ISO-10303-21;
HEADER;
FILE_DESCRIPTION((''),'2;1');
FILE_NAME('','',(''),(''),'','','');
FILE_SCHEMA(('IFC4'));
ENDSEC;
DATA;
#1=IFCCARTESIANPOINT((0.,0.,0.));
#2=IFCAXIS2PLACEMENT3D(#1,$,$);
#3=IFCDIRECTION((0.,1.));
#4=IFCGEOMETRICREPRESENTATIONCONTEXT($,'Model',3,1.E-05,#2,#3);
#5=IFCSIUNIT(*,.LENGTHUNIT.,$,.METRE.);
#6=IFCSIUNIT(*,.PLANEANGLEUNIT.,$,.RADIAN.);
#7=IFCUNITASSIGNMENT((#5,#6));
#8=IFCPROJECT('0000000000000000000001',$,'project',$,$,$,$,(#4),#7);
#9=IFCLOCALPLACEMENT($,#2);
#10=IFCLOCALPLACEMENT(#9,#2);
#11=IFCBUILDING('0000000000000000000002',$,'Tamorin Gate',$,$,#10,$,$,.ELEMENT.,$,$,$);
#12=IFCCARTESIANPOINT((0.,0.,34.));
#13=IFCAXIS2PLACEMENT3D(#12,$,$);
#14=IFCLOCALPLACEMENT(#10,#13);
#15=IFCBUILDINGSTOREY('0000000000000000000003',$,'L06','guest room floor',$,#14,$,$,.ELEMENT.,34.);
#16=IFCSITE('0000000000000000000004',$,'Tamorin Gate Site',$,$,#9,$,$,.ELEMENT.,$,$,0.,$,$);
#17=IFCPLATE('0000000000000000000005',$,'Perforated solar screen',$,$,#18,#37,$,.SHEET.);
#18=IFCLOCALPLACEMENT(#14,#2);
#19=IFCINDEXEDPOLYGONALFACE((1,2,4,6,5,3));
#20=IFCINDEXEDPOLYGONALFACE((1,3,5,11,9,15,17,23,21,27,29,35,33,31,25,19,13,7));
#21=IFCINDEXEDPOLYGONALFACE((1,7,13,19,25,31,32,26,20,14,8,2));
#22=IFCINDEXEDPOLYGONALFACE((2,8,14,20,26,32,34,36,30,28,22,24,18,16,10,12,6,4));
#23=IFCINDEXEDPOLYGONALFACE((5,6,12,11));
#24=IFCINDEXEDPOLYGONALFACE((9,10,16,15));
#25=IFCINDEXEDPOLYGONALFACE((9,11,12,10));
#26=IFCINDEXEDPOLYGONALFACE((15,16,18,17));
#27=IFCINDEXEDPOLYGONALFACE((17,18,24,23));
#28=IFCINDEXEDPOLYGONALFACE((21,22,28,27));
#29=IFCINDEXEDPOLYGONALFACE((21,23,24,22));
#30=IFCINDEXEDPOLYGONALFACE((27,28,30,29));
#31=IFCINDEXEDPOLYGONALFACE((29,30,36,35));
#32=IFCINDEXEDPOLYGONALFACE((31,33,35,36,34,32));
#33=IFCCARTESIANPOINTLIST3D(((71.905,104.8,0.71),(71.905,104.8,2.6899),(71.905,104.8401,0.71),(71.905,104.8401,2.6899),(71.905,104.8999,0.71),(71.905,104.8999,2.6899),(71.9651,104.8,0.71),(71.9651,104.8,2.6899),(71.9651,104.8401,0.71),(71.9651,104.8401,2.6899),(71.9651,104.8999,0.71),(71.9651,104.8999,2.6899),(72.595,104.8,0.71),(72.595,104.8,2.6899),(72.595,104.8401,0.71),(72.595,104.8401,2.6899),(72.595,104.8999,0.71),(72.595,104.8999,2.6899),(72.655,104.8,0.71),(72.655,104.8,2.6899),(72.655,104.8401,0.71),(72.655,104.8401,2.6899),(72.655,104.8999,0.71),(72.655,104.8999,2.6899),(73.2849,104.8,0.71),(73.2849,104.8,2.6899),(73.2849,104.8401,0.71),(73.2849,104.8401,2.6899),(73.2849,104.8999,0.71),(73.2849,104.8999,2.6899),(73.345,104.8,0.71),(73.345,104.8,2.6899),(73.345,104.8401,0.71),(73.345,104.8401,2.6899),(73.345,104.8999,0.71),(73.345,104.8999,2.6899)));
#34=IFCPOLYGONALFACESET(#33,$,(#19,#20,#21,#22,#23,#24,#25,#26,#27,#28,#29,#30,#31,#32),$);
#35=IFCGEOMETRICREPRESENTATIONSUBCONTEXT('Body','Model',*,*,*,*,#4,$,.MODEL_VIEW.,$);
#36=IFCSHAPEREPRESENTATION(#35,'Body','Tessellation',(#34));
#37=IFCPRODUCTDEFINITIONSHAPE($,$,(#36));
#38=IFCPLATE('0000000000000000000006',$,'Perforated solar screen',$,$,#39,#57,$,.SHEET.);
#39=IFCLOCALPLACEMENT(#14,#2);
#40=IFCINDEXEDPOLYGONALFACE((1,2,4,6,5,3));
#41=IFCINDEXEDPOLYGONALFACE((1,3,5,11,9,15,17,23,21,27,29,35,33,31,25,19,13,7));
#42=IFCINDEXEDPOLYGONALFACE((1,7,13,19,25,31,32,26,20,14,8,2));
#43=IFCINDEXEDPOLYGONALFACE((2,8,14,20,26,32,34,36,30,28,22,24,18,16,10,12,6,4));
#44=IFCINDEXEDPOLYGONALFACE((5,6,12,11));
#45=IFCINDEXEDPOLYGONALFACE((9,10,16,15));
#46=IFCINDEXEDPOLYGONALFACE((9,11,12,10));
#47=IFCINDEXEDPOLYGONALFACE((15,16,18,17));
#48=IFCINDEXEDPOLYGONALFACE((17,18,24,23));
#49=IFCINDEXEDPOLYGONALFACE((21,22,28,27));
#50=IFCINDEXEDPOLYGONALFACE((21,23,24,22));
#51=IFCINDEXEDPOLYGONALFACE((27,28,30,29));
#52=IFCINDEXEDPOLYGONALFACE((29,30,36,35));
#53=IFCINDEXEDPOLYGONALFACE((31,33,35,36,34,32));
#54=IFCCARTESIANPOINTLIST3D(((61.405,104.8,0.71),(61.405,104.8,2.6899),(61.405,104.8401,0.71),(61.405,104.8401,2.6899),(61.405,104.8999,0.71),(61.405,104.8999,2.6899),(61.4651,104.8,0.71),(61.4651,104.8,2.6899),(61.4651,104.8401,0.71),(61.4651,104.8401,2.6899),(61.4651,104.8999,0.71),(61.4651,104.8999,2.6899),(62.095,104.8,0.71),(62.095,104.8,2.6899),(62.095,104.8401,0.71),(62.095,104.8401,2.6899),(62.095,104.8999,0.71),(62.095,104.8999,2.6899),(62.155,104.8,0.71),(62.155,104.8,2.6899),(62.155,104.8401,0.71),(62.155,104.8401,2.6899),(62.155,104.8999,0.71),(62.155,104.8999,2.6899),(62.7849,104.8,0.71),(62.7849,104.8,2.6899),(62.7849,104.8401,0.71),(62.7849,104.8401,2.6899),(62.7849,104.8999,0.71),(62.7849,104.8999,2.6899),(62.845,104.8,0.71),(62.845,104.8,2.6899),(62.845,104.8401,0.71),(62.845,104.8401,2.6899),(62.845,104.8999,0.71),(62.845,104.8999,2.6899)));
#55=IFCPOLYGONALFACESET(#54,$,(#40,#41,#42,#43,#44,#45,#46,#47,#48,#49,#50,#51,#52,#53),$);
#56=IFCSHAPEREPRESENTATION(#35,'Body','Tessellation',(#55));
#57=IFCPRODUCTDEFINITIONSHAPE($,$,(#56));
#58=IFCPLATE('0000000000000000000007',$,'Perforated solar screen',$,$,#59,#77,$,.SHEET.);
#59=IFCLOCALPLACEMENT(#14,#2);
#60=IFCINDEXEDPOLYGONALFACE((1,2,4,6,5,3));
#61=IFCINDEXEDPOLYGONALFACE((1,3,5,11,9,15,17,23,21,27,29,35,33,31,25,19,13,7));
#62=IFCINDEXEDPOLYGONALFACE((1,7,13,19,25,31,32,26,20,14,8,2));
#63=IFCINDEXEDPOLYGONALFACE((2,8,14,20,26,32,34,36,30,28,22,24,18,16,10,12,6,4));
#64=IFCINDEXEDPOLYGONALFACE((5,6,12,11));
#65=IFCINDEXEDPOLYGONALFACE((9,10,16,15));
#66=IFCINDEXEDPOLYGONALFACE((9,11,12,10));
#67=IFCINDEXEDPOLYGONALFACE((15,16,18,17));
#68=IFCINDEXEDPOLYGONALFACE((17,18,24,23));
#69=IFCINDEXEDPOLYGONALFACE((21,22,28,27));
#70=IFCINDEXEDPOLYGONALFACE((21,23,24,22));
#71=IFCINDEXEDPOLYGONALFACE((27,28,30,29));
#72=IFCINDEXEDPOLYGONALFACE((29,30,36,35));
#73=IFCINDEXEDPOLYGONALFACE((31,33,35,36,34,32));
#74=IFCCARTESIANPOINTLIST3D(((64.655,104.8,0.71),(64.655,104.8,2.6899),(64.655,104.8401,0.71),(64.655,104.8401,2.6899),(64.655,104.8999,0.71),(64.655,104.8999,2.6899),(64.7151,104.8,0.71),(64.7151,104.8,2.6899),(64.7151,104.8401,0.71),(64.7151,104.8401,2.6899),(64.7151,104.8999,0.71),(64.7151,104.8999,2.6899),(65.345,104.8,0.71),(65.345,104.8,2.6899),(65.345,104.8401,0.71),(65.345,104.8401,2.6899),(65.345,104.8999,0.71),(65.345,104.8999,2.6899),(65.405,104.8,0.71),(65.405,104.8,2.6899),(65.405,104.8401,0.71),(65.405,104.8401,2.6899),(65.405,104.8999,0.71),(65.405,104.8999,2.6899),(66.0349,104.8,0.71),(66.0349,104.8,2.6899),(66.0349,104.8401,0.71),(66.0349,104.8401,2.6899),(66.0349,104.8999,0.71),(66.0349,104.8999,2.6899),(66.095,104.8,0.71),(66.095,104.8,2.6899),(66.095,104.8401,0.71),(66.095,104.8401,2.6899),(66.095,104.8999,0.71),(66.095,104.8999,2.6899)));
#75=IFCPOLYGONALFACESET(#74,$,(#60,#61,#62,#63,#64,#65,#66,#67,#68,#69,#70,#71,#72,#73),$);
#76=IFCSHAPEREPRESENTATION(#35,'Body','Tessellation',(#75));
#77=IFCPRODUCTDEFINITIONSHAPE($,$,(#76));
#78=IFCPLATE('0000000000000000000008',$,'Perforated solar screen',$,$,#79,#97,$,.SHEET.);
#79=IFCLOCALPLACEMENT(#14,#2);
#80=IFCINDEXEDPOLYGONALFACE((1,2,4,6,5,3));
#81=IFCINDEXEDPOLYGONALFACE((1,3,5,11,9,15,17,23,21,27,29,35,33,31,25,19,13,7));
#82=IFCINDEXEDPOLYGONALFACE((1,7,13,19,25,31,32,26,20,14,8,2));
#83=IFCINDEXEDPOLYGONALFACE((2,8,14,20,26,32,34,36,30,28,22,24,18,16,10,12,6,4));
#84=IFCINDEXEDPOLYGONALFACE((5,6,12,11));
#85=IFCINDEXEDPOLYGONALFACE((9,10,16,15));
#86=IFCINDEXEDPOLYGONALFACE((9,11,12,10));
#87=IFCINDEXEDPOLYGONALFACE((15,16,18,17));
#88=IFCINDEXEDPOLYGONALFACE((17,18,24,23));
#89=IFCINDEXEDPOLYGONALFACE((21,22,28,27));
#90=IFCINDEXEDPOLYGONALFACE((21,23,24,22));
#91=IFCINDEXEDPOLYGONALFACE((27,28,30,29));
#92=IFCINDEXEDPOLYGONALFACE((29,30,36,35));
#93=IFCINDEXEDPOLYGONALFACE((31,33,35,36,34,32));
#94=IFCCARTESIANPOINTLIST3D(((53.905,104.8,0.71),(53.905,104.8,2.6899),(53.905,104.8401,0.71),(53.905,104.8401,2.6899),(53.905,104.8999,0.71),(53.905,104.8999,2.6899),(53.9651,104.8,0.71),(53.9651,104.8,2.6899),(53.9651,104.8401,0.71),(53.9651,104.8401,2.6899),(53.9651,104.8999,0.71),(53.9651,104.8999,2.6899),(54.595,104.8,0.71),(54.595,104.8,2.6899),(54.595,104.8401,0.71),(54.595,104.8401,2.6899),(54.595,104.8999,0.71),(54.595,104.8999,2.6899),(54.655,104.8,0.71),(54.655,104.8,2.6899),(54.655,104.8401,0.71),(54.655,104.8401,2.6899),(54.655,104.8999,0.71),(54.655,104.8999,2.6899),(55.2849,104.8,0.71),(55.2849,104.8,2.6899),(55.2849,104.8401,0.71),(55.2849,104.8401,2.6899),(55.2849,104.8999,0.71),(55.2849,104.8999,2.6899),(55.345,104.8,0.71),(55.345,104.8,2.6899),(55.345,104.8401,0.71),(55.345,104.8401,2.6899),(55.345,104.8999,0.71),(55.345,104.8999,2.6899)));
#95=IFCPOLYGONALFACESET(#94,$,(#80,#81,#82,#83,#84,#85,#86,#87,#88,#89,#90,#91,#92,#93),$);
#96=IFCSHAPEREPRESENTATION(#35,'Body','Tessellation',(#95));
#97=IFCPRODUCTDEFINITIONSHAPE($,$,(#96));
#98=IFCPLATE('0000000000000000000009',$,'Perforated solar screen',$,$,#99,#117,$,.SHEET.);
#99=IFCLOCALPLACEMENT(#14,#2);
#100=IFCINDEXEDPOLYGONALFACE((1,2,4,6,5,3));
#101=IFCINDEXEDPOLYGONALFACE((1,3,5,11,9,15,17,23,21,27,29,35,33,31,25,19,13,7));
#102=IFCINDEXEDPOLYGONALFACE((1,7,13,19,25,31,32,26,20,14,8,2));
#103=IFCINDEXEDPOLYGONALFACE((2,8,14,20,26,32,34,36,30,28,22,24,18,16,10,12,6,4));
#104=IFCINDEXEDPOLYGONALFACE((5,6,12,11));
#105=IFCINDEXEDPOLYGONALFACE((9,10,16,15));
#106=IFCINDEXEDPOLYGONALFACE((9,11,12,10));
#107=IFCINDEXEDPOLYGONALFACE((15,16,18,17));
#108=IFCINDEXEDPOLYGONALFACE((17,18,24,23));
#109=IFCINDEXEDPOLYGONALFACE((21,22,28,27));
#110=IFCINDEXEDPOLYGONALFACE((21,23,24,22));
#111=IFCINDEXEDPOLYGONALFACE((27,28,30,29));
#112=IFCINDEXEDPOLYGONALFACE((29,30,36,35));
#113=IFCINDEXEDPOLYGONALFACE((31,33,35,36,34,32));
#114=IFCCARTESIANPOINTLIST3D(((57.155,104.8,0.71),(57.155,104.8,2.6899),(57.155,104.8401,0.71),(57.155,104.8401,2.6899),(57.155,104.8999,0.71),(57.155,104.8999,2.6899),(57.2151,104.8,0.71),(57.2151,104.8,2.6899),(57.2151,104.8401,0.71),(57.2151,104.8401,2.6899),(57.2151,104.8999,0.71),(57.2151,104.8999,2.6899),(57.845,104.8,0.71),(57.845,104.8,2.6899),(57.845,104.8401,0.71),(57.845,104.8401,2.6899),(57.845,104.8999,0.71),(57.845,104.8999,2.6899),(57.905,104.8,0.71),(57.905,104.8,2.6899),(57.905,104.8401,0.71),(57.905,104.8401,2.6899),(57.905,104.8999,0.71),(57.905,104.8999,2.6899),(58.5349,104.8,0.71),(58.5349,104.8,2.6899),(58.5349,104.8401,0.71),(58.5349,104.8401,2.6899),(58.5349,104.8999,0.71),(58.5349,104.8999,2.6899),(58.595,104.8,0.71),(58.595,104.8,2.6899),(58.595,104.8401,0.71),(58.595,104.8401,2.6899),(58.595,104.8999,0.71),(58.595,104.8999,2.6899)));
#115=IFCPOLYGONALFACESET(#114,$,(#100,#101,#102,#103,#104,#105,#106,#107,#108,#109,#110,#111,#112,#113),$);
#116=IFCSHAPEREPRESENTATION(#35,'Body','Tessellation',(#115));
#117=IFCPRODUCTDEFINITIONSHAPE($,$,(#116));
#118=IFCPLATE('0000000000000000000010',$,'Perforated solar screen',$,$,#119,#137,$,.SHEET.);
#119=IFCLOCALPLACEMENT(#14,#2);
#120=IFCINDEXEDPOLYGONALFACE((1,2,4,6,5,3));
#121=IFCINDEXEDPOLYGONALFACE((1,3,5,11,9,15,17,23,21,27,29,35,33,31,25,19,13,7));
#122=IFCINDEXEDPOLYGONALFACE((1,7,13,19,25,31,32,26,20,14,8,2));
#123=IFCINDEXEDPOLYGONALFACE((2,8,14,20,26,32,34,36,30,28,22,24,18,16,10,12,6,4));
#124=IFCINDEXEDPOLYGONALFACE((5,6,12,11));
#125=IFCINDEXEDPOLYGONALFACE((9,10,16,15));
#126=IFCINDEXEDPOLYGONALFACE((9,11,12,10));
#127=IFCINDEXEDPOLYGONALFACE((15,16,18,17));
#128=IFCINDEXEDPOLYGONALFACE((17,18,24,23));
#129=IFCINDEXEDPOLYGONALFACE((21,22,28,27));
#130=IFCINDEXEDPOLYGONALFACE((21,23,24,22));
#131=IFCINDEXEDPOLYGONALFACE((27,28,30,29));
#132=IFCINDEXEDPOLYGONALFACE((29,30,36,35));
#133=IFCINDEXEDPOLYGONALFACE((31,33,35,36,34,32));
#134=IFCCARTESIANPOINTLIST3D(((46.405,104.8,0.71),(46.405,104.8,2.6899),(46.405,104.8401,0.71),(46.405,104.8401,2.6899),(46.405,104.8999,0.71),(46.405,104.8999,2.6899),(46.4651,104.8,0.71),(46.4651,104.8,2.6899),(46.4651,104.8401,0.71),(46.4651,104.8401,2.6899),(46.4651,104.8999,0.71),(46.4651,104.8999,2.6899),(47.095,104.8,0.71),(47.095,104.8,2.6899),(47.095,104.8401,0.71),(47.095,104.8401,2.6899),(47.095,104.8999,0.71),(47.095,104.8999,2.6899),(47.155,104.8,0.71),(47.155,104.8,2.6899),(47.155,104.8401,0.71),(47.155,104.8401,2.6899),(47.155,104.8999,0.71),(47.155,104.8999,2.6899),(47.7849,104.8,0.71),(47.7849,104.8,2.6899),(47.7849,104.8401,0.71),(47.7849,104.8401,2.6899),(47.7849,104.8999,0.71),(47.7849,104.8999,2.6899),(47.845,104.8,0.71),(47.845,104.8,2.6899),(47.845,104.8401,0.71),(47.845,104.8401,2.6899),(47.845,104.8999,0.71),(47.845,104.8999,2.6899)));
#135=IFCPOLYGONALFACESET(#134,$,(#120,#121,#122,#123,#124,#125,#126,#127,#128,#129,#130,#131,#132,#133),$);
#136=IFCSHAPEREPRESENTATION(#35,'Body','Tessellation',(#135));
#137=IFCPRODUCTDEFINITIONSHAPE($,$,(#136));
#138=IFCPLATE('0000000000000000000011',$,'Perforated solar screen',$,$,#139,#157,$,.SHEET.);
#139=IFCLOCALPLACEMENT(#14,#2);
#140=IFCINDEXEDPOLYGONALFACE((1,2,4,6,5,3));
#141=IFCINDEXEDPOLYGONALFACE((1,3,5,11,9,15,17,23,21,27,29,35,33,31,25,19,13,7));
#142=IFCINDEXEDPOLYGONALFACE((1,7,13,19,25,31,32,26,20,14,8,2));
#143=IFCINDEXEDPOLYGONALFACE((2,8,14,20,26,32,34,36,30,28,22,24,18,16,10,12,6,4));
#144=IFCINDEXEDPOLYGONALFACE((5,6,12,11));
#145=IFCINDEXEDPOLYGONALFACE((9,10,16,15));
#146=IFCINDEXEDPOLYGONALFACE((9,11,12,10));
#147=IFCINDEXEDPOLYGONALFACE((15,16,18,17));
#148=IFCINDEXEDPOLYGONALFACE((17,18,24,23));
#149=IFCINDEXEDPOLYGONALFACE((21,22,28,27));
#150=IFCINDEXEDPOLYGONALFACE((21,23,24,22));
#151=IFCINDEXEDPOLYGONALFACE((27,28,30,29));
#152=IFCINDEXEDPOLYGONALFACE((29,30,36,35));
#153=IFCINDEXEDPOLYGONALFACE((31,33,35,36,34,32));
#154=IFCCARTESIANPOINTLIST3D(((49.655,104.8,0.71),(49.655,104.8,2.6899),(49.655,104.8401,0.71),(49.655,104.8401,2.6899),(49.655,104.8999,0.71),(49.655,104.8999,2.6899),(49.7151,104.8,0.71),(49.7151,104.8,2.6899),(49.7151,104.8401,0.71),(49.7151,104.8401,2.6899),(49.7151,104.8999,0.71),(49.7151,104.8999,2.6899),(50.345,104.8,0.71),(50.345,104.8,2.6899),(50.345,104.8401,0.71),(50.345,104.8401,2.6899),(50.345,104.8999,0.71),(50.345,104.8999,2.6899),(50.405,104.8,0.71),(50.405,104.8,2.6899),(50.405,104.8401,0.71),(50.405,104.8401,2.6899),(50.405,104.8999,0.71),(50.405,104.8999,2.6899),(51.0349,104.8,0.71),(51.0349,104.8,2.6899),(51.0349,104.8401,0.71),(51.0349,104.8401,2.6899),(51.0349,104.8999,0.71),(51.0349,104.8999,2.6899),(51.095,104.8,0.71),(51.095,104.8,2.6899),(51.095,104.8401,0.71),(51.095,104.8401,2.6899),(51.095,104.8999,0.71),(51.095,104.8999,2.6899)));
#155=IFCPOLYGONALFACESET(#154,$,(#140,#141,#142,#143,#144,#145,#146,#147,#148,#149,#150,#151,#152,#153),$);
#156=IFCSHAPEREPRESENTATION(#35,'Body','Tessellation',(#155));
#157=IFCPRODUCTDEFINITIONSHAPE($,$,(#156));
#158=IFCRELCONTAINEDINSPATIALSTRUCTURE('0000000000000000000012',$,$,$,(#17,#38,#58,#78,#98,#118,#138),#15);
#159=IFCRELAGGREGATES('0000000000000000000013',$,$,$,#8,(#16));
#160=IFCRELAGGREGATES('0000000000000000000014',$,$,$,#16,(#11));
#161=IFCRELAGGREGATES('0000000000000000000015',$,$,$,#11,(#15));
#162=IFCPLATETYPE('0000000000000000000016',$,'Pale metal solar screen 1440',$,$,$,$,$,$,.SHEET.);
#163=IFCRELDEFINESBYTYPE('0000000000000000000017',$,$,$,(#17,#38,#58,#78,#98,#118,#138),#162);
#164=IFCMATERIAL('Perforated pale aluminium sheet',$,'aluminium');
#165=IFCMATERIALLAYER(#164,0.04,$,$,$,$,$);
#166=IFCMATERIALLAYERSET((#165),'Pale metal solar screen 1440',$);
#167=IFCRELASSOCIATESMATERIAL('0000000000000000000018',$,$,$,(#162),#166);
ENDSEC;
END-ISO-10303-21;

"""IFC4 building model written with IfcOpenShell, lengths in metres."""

from ifc_helpers import new_model, si_unit, direction, frame, origin, place, context, subcontext, project, spatial, polyline, outline, extrude, material, layer, layer_set, type_object, element, save


model = new_model("IFC4")

# Units and contexts
model_context = context("Model", 3, precision=1e-05, world=origin(), true_north=direction((0.0, 1.0)))
body_context = subcontext(model_context, "Body", "Model", "MODEL_VIEW")
ifc_project = project(units=[si_unit("LENGTHUNIT", "METRE"), si_unit("PLANEANGLEUNIT", "RADIAN")], contexts=[model_context])

# Site, building, storey
site_placement = place(None, origin())
site = spatial("IfcSite", under=ifc_project, at=site_placement, Name="Tamorin Gate Site", CompositionType="ELEMENT", RefElevation=0.0)
building_placement = place(site_placement, origin())
building = spatial("IfcBuilding", under=site, at=building_placement, Name="Tamorin Gate", CompositionType="ELEMENT")
storey_placement = place(building_placement, frame((0.0, 0.0, 34.0)))
storey = spatial("IfcBuildingStorey", under=building, at=storey_placement, Name="L06", Description="guest room floor", CompositionType="ELEMENT", Elevation=34.0)

# Plates
ifc_material = material(Name="Perforated pale aluminium sheet", Category="aluminium")
ifc_layer = layer(ifc_material, 0.04)
ifc_layer_set = layer_set([ifc_layer], Name="Pale metal solar screen 1440")
plate_type = type_object("IfcPlateType", Name="Pale metal solar screen 1440", PredefinedType="SHEET", material=ifc_layer_set)
plate_1_placement = place(storey_placement, frame((0.0, 0.0, 0.71)))
element("IfcPlate", 1, at=plate_1_placement, inside=storey, type_object=plate_type, Name="Perforated solar screen", PredefinedType="SHEET", context=body_context, shape_type="SweptSolid", body=[
    extrude(outline(polyline([(73.345, 104.8401), (73.345, 104.8), (73.2849, 104.8), (72.655, 104.8), (72.595, 104.8), (71.9651, 104.8), (71.905, 104.8), (71.905, 104.8401), (71.905, 104.8999), (71.9651, 104.8999), (71.9651, 104.8401), (72.595, 104.8401), (72.595, 104.8999), (72.655, 104.8999), (72.655, 104.8401), (73.2849, 104.8401), (73.2849, 104.8999), (73.345, 104.8999), (73.345, 104.8401)])), origin(), (0.0, 0.0, 1.0), 1.98),
])
plate_2_placement = place(storey_placement, frame((0.0, 0.0, 0.71)))
element("IfcPlate", 2, at=plate_2_placement, inside=storey, type_object=plate_type, Name="Perforated solar screen", PredefinedType="SHEET", context=body_context, shape_type="SweptSolid", body=[
    extrude(outline(polyline([(62.845, 104.8401), (62.845, 104.8), (62.7849, 104.8), (62.155, 104.8), (62.095, 104.8), (61.4651, 104.8), (61.405, 104.8), (61.405, 104.8401), (61.405, 104.8999), (61.4651, 104.8999), (61.4651, 104.8401), (62.095, 104.8401), (62.095, 104.8999), (62.155, 104.8999), (62.155, 104.8401), (62.7849, 104.8401), (62.7849, 104.8999), (62.845, 104.8999), (62.845, 104.8401)])), origin(), (0.0, 0.0, 1.0), 1.98),
])
plate_3_placement = place(storey_placement, frame((0.0, 0.0, 0.71)))
element("IfcPlate", 3, at=plate_3_placement, inside=storey, type_object=plate_type, Name="Perforated solar screen", PredefinedType="SHEET", context=body_context, shape_type="SweptSolid", body=[
    extrude(outline(polyline([(66.095, 104.8401), (66.095, 104.8), (66.0349, 104.8), (65.405, 104.8), (65.345, 104.8), (64.7151, 104.8), (64.655, 104.8), (64.655, 104.8401), (64.655, 104.8999), (64.7151, 104.8999), (64.7151, 104.8401), (65.345, 104.8401), (65.345, 104.8999), (65.405, 104.8999), (65.405, 104.8401), (66.0349, 104.8401), (66.0349, 104.8999), (66.095, 104.8999), (66.095, 104.8401)])), origin(), (0.0, 0.0, 1.0), 1.98),
])
plate_4_placement = place(storey_placement, frame((0.0, 0.0, 0.71)))
element("IfcPlate", 4, at=plate_4_placement, inside=storey, type_object=plate_type, Name="Perforated solar screen", PredefinedType="SHEET", context=body_context, shape_type="SweptSolid", body=[
    extrude(outline(polyline([(55.345, 104.8401), (55.345, 104.8), (55.2849, 104.8), (54.655, 104.8), (54.595, 104.8), (53.9651, 104.8), (53.905, 104.8), (53.905, 104.8401), (53.905, 104.8999), (53.9651, 104.8999), (53.9651, 104.8401), (54.595, 104.8401), (54.595, 104.8999), (54.655, 104.8999), (54.655, 104.8401), (55.2849, 104.8401), (55.2849, 104.8999), (55.345, 104.8999), (55.345, 104.8401)])), origin(), (0.0, 0.0, 1.0), 1.98),
])
plate_5_placement = place(storey_placement, frame((0.0, 0.0, 0.71)))
element("IfcPlate", 5, at=plate_5_placement, inside=storey, type_object=plate_type, Name="Perforated solar screen", PredefinedType="SHEET", context=body_context, shape_type="SweptSolid", body=[
    extrude(outline(polyline([(58.595, 104.8401), (58.595, 104.8), (58.5349, 104.8), (57.905, 104.8), (57.845, 104.8), (57.2151, 104.8), (57.155, 104.8), (57.155, 104.8401), (57.155, 104.8999), (57.2151, 104.8999), (57.2151, 104.8401), (57.845, 104.8401), (57.845, 104.8999), (57.905, 104.8999), (57.905, 104.8401), (58.5349, 104.8401), (58.5349, 104.8999), (58.595, 104.8999), (58.595, 104.8401)])), origin(), (0.0, 0.0, 1.0), 1.98),
])
plate_6_placement = place(storey_placement, frame((0.0, 0.0, 0.71)))
element("IfcPlate", 6, at=plate_6_placement, inside=storey, type_object=plate_type, Name="Perforated solar screen", PredefinedType="SHEET", context=body_context, shape_type="SweptSolid", body=[
    extrude(outline(polyline([(47.845, 104.8401), (47.845, 104.8), (47.7849, 104.8), (47.155, 104.8), (47.095, 104.8), (46.4651, 104.8), (46.405, 104.8), (46.405, 104.8401), (46.405, 104.8999), (46.4651, 104.8999), (46.4651, 104.8401), (47.095, 104.8401), (47.095, 104.8999), (47.155, 104.8999), (47.155, 104.8401), (47.7849, 104.8401), (47.7849, 104.8999), (47.845, 104.8999), (47.845, 104.8401)])), origin(), (0.0, 0.0, 1.0), 1.98),
])
plate_7_placement = place(storey_placement, frame((0.0, 0.0, 0.71)))
element("IfcPlate", 7, at=plate_7_placement, inside=storey, type_object=plate_type, Name="Perforated solar screen", PredefinedType="SHEET", context=body_context, shape_type="SweptSolid", body=[
    extrude(outline(polyline([(51.095, 104.8401), (51.095, 104.8), (51.0349, 104.8), (50.405, 104.8), (50.345, 104.8), (49.7151, 104.8), (49.655, 104.8), (49.655, 104.8401), (49.655, 104.8999), (49.7151, 104.8999), (49.7151, 104.8401), (50.345, 104.8401), (50.345, 104.8999), (50.405, 104.8999), (50.405, 104.8401), (51.0349, 104.8401), (51.0349, 104.8999), (51.095, 104.8999), (51.095, 104.8401)])), origin(), (0.0, 0.0, 1.0), 1.98),
])

save(model, "model.ifc")
